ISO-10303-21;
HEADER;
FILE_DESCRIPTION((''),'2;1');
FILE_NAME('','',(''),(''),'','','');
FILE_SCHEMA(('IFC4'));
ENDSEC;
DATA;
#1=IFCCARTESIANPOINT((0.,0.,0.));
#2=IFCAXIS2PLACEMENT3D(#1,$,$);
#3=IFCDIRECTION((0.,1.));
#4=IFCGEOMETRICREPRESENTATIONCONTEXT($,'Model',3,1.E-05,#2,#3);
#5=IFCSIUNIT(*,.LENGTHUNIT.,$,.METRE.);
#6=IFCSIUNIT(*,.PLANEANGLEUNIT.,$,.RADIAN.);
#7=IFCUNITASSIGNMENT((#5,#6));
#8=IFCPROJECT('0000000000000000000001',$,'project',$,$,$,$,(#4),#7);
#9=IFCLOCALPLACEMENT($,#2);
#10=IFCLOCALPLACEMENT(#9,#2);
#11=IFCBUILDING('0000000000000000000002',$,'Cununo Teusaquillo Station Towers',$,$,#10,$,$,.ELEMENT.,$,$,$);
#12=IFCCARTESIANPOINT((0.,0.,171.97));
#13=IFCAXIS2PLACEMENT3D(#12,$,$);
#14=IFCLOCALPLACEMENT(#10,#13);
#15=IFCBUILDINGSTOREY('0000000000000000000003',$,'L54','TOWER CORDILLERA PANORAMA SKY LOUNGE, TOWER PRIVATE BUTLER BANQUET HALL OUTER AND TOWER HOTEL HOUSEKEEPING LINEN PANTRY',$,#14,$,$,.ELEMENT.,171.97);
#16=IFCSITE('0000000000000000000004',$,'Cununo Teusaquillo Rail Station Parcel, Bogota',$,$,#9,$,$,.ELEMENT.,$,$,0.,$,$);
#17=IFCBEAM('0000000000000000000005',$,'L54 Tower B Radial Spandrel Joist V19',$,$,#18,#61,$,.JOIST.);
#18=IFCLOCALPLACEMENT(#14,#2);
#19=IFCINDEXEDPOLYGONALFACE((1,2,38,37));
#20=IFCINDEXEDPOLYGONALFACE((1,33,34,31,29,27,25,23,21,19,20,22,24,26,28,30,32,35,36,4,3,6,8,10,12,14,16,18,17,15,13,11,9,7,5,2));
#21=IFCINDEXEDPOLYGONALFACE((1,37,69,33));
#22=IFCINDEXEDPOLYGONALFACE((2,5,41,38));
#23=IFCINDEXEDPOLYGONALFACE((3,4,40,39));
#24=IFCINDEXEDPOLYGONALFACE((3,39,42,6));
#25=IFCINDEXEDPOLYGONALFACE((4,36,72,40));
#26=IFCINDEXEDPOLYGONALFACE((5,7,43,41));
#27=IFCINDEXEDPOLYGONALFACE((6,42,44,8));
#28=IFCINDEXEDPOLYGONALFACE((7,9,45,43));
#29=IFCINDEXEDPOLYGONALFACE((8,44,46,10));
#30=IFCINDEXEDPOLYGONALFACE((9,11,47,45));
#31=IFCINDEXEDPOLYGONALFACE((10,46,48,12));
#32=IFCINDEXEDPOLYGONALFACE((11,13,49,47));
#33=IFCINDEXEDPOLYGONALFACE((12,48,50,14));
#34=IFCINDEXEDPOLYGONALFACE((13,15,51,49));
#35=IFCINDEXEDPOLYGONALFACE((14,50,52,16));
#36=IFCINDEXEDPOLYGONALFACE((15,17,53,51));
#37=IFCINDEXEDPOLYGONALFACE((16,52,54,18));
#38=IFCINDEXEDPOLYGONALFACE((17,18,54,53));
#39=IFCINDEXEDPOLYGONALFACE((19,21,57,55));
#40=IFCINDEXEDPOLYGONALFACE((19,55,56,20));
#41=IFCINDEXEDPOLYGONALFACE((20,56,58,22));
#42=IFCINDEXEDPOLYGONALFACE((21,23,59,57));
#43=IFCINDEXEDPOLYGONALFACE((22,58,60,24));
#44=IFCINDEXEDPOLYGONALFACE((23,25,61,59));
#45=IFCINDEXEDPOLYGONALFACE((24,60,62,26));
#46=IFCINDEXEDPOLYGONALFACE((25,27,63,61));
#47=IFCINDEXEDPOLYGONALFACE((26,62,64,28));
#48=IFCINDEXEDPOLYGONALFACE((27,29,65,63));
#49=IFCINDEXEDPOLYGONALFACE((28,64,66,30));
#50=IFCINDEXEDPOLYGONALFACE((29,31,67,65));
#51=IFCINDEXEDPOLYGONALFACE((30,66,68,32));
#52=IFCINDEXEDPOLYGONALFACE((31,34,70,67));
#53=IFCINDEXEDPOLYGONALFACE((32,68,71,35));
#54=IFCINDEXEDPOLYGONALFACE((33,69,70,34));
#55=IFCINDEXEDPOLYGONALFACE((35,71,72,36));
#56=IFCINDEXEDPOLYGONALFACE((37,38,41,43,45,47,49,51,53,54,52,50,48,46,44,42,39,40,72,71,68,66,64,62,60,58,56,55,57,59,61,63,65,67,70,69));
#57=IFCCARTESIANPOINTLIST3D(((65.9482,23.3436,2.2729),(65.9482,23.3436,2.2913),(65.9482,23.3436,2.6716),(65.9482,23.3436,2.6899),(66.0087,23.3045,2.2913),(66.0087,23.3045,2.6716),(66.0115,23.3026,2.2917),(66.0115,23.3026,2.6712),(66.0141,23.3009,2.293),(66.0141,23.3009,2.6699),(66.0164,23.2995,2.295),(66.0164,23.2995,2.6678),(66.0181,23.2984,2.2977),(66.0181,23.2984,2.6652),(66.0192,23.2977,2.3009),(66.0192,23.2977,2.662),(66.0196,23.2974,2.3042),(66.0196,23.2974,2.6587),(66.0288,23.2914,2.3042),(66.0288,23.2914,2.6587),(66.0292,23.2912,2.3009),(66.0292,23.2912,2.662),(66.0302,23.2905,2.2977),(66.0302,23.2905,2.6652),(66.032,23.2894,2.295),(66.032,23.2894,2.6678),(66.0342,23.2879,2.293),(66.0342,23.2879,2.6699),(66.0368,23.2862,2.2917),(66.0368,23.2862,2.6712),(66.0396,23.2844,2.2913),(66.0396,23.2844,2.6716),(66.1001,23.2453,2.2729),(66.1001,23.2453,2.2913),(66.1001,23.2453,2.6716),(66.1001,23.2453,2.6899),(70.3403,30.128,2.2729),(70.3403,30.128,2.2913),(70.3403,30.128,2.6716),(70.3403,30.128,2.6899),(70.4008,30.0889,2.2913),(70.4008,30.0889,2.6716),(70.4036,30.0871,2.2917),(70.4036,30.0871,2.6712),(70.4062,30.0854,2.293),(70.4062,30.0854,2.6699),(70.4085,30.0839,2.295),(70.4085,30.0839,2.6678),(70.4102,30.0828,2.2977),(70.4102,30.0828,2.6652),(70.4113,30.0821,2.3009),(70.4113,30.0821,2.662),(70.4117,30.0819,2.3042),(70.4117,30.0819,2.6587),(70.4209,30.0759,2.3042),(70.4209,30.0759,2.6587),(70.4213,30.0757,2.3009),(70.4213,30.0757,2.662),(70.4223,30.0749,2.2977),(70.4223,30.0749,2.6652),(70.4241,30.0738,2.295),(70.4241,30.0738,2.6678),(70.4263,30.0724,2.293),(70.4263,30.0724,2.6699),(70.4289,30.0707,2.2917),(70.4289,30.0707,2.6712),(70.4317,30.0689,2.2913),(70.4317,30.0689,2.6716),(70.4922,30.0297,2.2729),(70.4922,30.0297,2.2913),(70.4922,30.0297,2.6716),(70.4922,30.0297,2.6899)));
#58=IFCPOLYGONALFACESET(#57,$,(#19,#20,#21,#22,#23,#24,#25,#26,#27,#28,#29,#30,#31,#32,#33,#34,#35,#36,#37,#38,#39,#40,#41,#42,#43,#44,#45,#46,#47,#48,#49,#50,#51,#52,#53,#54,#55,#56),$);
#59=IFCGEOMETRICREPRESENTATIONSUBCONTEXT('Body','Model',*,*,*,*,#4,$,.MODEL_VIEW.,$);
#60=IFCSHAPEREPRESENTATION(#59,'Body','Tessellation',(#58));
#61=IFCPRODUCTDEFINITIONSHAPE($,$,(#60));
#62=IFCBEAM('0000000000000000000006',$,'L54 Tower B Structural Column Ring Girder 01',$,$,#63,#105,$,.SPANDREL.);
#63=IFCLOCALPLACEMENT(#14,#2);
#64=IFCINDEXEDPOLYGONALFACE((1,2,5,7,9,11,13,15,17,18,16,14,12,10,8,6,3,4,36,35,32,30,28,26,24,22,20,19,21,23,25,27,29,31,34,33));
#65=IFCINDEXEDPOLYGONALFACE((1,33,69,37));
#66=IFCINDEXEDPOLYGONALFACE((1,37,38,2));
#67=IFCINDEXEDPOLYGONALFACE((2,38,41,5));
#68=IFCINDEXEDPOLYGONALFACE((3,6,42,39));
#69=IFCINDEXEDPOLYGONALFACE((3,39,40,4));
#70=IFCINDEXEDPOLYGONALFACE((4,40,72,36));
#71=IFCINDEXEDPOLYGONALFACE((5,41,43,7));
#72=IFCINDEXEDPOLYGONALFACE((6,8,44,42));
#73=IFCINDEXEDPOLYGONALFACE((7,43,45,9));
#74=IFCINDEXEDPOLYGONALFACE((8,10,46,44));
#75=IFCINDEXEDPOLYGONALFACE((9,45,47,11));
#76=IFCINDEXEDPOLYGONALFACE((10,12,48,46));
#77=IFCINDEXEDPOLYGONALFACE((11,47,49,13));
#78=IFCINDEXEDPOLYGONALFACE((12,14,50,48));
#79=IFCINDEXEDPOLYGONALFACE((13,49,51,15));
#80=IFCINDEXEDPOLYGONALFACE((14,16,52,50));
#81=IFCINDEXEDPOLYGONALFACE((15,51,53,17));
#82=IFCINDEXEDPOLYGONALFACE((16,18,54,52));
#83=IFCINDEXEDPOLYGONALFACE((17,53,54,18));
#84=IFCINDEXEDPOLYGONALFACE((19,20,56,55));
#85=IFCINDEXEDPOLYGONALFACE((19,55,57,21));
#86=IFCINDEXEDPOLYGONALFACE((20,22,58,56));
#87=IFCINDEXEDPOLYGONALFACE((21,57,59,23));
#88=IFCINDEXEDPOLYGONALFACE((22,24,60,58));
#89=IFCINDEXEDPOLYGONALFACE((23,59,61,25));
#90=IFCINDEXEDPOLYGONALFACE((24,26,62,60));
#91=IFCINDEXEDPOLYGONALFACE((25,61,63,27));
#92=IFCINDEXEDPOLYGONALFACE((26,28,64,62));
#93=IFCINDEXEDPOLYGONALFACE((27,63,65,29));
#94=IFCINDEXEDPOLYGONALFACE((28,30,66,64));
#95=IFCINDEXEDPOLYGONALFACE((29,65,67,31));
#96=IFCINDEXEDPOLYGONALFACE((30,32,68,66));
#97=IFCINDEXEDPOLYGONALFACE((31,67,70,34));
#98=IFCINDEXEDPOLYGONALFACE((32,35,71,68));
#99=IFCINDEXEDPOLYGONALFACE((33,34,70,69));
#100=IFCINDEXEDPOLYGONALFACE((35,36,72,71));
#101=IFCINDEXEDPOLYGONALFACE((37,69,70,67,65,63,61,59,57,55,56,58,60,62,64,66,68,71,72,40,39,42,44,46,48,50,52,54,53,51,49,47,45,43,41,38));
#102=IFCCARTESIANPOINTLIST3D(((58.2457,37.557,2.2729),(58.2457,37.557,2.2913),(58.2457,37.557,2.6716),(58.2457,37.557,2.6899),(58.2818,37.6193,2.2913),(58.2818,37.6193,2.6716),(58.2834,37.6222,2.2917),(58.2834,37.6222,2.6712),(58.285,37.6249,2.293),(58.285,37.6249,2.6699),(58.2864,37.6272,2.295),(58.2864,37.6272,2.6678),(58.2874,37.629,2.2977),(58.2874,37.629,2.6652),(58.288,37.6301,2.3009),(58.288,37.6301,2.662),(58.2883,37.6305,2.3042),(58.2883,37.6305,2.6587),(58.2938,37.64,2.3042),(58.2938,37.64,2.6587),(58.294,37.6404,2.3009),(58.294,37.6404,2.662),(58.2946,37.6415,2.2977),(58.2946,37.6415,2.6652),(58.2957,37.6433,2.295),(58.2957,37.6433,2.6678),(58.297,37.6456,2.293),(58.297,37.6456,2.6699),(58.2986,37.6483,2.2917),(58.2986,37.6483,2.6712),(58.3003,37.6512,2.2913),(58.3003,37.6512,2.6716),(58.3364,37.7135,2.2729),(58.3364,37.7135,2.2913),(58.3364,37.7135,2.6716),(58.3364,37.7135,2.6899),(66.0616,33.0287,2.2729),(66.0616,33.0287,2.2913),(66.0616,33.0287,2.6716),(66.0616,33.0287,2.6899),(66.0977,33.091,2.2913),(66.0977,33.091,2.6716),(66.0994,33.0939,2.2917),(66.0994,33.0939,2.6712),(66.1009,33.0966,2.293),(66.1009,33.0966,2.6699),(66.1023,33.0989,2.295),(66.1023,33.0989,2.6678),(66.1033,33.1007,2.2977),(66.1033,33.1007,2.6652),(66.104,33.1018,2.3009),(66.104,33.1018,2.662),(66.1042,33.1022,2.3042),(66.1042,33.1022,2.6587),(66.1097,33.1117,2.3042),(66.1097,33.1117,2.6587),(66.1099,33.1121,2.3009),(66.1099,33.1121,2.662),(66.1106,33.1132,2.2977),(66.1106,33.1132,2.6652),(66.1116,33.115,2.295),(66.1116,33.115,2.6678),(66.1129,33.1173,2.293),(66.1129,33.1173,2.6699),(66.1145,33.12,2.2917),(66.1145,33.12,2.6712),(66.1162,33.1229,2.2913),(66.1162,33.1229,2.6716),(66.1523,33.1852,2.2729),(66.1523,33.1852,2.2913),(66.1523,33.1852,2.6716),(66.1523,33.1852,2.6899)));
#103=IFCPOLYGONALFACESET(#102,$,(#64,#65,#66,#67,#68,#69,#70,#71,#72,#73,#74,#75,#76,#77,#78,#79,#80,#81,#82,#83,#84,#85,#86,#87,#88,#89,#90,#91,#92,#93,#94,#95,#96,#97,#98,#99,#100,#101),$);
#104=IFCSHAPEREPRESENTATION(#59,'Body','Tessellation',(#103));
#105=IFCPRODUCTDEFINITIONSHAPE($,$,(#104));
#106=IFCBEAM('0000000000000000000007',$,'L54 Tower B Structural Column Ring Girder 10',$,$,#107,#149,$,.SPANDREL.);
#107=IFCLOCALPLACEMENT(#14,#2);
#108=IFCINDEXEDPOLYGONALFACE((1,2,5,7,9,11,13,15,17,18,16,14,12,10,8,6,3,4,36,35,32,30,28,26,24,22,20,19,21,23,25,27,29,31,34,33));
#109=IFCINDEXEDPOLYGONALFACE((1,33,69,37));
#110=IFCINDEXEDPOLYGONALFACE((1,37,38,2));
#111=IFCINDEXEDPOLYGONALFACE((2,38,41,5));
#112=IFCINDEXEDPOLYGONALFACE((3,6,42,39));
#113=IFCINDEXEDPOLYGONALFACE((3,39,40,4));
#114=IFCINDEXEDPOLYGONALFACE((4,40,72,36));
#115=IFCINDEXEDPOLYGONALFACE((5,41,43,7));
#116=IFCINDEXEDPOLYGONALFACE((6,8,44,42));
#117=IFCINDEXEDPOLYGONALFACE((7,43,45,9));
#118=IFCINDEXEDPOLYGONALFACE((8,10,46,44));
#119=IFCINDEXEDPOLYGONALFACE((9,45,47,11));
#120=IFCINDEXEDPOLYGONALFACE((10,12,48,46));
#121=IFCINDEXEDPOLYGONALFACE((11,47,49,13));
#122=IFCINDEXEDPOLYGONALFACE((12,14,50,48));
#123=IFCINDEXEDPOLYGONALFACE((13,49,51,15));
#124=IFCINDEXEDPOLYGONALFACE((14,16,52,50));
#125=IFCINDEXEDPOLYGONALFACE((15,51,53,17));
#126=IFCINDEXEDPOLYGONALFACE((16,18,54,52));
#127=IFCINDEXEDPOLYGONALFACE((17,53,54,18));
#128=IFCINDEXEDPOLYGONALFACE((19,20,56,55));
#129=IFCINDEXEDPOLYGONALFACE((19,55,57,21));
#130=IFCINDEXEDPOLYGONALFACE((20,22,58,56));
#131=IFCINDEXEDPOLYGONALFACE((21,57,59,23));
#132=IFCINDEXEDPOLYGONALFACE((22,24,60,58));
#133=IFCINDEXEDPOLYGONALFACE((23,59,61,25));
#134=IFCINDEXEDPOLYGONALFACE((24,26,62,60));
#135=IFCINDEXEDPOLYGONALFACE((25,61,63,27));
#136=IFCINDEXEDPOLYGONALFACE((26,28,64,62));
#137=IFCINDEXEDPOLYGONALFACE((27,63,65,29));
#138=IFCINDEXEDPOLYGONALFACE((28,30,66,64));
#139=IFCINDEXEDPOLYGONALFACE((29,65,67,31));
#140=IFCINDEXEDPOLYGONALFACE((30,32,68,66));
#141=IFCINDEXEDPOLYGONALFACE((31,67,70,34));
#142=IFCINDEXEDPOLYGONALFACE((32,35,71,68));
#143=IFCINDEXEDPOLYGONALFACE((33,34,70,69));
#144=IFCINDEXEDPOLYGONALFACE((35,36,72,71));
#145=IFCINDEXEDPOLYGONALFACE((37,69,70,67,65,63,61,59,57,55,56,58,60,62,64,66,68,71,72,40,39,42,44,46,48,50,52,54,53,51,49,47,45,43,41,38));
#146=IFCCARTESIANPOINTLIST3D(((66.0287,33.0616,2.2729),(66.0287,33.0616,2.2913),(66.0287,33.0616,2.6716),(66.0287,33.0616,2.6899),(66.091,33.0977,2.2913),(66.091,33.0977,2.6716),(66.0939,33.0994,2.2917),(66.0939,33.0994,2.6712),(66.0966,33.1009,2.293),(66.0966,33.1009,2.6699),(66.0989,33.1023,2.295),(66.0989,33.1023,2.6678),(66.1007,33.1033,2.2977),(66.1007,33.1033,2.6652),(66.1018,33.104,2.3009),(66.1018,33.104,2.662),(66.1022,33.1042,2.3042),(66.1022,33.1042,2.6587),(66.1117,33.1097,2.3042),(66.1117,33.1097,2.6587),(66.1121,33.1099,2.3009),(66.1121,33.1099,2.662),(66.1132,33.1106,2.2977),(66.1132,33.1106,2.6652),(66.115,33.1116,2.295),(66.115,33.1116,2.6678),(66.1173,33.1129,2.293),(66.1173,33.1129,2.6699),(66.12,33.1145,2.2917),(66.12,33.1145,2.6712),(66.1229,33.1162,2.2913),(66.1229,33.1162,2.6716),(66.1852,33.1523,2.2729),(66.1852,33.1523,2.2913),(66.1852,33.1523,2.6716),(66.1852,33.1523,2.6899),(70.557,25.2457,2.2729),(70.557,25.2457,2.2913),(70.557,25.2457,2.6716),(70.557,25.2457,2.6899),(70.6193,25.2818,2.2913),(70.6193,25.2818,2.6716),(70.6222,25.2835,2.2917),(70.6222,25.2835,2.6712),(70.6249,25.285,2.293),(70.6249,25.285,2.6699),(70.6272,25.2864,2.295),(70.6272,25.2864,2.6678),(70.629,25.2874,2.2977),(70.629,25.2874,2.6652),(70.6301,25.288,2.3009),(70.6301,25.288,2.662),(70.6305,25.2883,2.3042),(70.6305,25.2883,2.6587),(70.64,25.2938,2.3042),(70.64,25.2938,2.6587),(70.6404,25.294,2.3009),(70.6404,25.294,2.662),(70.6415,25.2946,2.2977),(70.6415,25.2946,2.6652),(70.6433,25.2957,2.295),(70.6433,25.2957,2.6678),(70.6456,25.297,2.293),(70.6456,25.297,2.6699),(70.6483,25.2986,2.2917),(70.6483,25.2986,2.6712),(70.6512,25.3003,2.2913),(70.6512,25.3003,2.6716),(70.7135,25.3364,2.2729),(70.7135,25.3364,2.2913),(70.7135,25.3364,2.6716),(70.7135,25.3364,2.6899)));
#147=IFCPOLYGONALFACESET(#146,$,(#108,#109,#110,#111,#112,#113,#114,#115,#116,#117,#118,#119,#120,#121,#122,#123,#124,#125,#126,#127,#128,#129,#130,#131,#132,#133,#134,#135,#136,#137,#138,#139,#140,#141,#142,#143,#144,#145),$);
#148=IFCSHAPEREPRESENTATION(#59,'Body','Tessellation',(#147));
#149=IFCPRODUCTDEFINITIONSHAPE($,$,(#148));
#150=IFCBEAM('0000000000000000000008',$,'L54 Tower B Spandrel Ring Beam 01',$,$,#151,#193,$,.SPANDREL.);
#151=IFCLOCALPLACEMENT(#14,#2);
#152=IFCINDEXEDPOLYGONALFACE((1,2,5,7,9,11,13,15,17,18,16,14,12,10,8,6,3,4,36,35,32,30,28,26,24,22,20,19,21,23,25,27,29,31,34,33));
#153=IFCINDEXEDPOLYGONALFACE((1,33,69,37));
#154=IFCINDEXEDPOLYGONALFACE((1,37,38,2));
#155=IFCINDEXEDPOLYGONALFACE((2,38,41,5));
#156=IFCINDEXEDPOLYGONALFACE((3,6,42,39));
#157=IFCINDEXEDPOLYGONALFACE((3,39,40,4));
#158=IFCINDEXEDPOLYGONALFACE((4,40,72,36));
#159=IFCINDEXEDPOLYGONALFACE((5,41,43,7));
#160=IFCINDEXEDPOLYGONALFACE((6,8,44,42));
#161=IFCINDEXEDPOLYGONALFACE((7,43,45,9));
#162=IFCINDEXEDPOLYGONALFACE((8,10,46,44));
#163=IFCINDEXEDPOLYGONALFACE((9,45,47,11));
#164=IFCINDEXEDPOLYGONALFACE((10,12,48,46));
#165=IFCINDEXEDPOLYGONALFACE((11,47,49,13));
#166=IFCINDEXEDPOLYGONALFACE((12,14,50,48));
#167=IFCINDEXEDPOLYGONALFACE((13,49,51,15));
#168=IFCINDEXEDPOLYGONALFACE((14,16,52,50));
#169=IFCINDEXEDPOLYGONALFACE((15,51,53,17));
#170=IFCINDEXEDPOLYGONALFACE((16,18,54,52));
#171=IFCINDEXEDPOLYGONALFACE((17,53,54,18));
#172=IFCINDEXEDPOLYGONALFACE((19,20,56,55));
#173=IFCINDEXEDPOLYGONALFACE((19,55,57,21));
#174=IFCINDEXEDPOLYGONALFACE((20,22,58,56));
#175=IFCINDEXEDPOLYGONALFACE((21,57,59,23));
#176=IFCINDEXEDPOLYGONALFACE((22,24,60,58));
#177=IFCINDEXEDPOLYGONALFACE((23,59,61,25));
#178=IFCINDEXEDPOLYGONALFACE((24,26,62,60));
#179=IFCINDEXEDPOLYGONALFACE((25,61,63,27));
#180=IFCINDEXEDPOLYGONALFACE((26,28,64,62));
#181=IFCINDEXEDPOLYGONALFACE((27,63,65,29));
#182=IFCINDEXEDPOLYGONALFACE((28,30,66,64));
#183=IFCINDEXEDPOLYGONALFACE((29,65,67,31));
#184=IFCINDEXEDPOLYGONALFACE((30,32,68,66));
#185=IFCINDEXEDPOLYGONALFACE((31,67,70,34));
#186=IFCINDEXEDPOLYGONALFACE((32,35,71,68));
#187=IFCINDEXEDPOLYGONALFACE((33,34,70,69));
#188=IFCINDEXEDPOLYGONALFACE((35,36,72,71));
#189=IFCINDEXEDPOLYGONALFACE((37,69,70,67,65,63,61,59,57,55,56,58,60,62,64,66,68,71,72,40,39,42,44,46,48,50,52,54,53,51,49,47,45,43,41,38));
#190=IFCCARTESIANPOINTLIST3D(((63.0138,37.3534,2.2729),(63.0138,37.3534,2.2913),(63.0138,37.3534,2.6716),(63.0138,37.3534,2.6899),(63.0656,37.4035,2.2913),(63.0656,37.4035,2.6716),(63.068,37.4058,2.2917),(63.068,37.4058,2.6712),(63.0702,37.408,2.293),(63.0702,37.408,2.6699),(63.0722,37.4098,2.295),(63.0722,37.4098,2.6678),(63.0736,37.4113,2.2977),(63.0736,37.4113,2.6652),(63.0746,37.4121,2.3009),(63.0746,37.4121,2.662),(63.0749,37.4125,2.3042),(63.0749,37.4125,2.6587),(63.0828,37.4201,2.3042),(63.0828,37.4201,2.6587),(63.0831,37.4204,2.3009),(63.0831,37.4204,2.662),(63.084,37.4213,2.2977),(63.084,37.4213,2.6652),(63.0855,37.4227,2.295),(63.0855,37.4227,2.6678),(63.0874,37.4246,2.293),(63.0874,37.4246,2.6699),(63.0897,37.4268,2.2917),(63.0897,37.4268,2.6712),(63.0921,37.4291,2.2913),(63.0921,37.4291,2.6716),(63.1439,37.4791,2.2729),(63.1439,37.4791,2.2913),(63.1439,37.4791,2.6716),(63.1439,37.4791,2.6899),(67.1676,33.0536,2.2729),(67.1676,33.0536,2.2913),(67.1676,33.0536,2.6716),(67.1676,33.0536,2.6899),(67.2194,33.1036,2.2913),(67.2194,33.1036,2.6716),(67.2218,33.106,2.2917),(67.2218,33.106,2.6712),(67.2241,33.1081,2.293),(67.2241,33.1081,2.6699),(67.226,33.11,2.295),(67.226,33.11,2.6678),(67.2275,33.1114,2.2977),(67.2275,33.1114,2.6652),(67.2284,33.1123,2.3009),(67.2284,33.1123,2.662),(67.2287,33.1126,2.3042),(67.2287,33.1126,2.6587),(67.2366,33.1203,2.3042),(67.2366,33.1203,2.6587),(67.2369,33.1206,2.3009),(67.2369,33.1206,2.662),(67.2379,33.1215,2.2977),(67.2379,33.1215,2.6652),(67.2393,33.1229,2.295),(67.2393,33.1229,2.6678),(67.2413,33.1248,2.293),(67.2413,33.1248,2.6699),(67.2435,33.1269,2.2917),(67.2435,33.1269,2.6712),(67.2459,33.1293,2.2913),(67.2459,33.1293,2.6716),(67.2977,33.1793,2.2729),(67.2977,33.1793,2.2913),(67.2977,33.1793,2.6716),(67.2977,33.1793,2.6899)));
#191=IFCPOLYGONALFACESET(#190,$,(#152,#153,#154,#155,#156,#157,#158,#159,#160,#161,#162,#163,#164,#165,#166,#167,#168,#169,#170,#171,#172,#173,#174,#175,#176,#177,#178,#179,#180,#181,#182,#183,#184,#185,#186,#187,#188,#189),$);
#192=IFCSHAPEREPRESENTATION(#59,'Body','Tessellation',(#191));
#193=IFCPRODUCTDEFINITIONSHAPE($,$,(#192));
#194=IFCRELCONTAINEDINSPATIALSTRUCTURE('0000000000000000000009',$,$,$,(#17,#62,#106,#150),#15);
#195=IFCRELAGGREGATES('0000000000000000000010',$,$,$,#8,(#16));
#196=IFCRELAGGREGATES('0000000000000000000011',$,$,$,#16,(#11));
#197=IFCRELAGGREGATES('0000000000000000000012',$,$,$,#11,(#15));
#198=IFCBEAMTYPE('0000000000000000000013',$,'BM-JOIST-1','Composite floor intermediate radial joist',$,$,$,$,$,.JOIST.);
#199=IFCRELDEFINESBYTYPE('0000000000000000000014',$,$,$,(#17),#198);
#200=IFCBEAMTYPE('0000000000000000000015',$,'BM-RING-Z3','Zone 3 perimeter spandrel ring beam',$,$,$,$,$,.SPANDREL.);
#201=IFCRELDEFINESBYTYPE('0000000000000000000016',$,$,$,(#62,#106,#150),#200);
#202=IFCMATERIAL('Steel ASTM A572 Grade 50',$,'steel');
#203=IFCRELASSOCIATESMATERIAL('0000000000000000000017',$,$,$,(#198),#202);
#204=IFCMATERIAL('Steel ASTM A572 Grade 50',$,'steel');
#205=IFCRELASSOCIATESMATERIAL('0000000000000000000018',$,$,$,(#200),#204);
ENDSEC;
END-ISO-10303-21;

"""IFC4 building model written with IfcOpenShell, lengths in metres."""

from ifc_helpers import new_model, si_unit, direction, frame, origin, origin_2d, place, context, subcontext, project, spatial, i_section, extrude, material, material_profile, profile_set, type_object, element, save


model = new_model("IFC4")

# Units and contexts
model_context = context("Model", 3, precision=1e-05, world=origin(), true_north=direction((0.0, 1.0)))
body_context = subcontext(model_context, "Body", "Model", "MODEL_VIEW")
ifc_project = project(units=[si_unit("LENGTHUNIT", "METRE"), si_unit("PLANEANGLEUNIT", "RADIAN")], contexts=[model_context])

# Site, building, storey
site_placement = place(None, origin())
site = spatial("IfcSite", under=ifc_project, at=site_placement, Name="Cununo Teusaquillo Rail Station Parcel, Bogota", CompositionType="ELEMENT", RefElevation=0.0)
building_placement = place(site_placement, origin())
building = spatial("IfcBuilding", under=site, at=building_placement, Name="Cununo Teusaquillo Station Towers", CompositionType="ELEMENT")
storey_placement = place(building_placement, frame((0.0, 0.0, 171.97)))
storey = spatial("IfcBuildingStorey", under=building, at=storey_placement, Name="L54", Description="TOWER CORDILLERA PANORAMA SKY LOUNGE, TOWER PRIVATE BUTLER BANQUET HALL OUTER AND TOWER HOTEL HOUSEKEEPING LINEN PANTRY", CompositionType="ELEMENT", Elevation=171.97)

# Beams
ifc_material_1 = material(Name="Steel ASTM A572 Grade 50", Category="steel")
ifc_material_profile_1 = material_profile(ifc_material_1, i_section(OverallWidth=0.1809, OverallDepth=0.417, WebThickness=0.011, FlangeThickness=0.0183, FilletRadius=0.0129, at=origin_2d()), Name="W16X57")
ifc_profile_set_1 = profile_set([ifc_material_profile_1], Name="Steel ASTM A572 Grade 50")
beam_type_1 = type_object("IfcBeamType", Name="BM-JOIST-1", Description="Composite floor intermediate radial joist", PredefinedType="JOIST", material=ifc_profile_set_1)
beam_1_placement = place(storey_placement, frame((66.0242, 23.2944, 2.4814), z_axis=(0.54344, 0.839448, 0.0), x_axis=(-0.839448, 0.54344, 0.0)))
element("IfcBeam", 1, at=beam_1_placement, inside=storey, type_object=beam_type_1, Name="L54 Tower B Radial Spandrel Joist V19", PredefinedType="JOIST", context=body_context, shape_type="SweptSolid", body=[
    extrude(i_section(OverallWidth=0.1809, OverallDepth=0.417, WebThickness=0.011, FlangeThickness=0.0183, FilletRadius=0.0129, at=origin_2d()), origin(), (0.0, 0.0, 1.0), 8.082),
])
ifc_material_2 = material(Name="Steel ASTM A572 Grade 50", Category="steel")
ifc_material_profile_2 = material_profile(ifc_material_2, i_section(OverallWidth=0.1809, OverallDepth=0.417, WebThickness=0.011, FlangeThickness=0.0183, FilletRadius=0.0129, at=origin_2d()), Name="W16X57")
ifc_profile_set_2 = profile_set([ifc_material_profile_2], Name="Steel ASTM A572 Grade 50")
beam_type_2 = type_object("IfcBeamType", Name="BM-RING-Z3", Description="Zone 3 perimeter spandrel ring beam", PredefinedType="SPANDREL", material=ifc_profile_set_2)
for number, where, z_axis, x_axis, name in (
    (2, (66.1069, 33.1069, 2.4814), (-0.865267, 0.501311, 0.0), (-0.501311, -0.865267, 0.0), "L54 Tower B Structural Column Ring Girder 01"),
    (3, (70.6353, 25.291, 2.4814), (-0.501311, 0.865267, 0.0), (-0.865267, -0.501311, 0.0), "L54 Tower B Structural Column Ring Girder 10"),
):
    element("IfcBeam", number, at=place(storey_placement, frame(where, z_axis=z_axis, x_axis=x_axis)), inside=storey, type_object=beam_type_2, Name=name, PredefinedType="SPANDREL", context=body_context, shape_type="SweptSolid", body=[
        extrude(i_section(OverallWidth=0.1809, OverallDepth=0.417, WebThickness=0.011, FlangeThickness=0.0183, FilletRadius=0.0129, at=origin_2d()), origin(), (0.0, 0.0, 1.0), 9.033),
    ])
beam_2_placement = place(storey_placement, frame((67.2327, 33.1165, 2.4814), z_axis=(-0.694791, 0.719211, 0.0), x_axis=(-0.719211, -0.694791, 0.0)))
element("IfcBeam", 4, at=beam_2_placement, inside=storey, type_object=beam_type_2, Name="L54 Tower B Spandrel Ring Beam 01", PredefinedType="SPANDREL", context=body_context, shape_type="SweptSolid", body=[
    extrude(i_section(OverallWidth=0.1809, OverallDepth=0.417, WebThickness=0.011, FlangeThickness=0.0183, FilletRadius=0.0129, at=origin_2d()), origin(), (0.0, 0.0, 1.0), 5.9785),
])

save(model, "model.ifc")
